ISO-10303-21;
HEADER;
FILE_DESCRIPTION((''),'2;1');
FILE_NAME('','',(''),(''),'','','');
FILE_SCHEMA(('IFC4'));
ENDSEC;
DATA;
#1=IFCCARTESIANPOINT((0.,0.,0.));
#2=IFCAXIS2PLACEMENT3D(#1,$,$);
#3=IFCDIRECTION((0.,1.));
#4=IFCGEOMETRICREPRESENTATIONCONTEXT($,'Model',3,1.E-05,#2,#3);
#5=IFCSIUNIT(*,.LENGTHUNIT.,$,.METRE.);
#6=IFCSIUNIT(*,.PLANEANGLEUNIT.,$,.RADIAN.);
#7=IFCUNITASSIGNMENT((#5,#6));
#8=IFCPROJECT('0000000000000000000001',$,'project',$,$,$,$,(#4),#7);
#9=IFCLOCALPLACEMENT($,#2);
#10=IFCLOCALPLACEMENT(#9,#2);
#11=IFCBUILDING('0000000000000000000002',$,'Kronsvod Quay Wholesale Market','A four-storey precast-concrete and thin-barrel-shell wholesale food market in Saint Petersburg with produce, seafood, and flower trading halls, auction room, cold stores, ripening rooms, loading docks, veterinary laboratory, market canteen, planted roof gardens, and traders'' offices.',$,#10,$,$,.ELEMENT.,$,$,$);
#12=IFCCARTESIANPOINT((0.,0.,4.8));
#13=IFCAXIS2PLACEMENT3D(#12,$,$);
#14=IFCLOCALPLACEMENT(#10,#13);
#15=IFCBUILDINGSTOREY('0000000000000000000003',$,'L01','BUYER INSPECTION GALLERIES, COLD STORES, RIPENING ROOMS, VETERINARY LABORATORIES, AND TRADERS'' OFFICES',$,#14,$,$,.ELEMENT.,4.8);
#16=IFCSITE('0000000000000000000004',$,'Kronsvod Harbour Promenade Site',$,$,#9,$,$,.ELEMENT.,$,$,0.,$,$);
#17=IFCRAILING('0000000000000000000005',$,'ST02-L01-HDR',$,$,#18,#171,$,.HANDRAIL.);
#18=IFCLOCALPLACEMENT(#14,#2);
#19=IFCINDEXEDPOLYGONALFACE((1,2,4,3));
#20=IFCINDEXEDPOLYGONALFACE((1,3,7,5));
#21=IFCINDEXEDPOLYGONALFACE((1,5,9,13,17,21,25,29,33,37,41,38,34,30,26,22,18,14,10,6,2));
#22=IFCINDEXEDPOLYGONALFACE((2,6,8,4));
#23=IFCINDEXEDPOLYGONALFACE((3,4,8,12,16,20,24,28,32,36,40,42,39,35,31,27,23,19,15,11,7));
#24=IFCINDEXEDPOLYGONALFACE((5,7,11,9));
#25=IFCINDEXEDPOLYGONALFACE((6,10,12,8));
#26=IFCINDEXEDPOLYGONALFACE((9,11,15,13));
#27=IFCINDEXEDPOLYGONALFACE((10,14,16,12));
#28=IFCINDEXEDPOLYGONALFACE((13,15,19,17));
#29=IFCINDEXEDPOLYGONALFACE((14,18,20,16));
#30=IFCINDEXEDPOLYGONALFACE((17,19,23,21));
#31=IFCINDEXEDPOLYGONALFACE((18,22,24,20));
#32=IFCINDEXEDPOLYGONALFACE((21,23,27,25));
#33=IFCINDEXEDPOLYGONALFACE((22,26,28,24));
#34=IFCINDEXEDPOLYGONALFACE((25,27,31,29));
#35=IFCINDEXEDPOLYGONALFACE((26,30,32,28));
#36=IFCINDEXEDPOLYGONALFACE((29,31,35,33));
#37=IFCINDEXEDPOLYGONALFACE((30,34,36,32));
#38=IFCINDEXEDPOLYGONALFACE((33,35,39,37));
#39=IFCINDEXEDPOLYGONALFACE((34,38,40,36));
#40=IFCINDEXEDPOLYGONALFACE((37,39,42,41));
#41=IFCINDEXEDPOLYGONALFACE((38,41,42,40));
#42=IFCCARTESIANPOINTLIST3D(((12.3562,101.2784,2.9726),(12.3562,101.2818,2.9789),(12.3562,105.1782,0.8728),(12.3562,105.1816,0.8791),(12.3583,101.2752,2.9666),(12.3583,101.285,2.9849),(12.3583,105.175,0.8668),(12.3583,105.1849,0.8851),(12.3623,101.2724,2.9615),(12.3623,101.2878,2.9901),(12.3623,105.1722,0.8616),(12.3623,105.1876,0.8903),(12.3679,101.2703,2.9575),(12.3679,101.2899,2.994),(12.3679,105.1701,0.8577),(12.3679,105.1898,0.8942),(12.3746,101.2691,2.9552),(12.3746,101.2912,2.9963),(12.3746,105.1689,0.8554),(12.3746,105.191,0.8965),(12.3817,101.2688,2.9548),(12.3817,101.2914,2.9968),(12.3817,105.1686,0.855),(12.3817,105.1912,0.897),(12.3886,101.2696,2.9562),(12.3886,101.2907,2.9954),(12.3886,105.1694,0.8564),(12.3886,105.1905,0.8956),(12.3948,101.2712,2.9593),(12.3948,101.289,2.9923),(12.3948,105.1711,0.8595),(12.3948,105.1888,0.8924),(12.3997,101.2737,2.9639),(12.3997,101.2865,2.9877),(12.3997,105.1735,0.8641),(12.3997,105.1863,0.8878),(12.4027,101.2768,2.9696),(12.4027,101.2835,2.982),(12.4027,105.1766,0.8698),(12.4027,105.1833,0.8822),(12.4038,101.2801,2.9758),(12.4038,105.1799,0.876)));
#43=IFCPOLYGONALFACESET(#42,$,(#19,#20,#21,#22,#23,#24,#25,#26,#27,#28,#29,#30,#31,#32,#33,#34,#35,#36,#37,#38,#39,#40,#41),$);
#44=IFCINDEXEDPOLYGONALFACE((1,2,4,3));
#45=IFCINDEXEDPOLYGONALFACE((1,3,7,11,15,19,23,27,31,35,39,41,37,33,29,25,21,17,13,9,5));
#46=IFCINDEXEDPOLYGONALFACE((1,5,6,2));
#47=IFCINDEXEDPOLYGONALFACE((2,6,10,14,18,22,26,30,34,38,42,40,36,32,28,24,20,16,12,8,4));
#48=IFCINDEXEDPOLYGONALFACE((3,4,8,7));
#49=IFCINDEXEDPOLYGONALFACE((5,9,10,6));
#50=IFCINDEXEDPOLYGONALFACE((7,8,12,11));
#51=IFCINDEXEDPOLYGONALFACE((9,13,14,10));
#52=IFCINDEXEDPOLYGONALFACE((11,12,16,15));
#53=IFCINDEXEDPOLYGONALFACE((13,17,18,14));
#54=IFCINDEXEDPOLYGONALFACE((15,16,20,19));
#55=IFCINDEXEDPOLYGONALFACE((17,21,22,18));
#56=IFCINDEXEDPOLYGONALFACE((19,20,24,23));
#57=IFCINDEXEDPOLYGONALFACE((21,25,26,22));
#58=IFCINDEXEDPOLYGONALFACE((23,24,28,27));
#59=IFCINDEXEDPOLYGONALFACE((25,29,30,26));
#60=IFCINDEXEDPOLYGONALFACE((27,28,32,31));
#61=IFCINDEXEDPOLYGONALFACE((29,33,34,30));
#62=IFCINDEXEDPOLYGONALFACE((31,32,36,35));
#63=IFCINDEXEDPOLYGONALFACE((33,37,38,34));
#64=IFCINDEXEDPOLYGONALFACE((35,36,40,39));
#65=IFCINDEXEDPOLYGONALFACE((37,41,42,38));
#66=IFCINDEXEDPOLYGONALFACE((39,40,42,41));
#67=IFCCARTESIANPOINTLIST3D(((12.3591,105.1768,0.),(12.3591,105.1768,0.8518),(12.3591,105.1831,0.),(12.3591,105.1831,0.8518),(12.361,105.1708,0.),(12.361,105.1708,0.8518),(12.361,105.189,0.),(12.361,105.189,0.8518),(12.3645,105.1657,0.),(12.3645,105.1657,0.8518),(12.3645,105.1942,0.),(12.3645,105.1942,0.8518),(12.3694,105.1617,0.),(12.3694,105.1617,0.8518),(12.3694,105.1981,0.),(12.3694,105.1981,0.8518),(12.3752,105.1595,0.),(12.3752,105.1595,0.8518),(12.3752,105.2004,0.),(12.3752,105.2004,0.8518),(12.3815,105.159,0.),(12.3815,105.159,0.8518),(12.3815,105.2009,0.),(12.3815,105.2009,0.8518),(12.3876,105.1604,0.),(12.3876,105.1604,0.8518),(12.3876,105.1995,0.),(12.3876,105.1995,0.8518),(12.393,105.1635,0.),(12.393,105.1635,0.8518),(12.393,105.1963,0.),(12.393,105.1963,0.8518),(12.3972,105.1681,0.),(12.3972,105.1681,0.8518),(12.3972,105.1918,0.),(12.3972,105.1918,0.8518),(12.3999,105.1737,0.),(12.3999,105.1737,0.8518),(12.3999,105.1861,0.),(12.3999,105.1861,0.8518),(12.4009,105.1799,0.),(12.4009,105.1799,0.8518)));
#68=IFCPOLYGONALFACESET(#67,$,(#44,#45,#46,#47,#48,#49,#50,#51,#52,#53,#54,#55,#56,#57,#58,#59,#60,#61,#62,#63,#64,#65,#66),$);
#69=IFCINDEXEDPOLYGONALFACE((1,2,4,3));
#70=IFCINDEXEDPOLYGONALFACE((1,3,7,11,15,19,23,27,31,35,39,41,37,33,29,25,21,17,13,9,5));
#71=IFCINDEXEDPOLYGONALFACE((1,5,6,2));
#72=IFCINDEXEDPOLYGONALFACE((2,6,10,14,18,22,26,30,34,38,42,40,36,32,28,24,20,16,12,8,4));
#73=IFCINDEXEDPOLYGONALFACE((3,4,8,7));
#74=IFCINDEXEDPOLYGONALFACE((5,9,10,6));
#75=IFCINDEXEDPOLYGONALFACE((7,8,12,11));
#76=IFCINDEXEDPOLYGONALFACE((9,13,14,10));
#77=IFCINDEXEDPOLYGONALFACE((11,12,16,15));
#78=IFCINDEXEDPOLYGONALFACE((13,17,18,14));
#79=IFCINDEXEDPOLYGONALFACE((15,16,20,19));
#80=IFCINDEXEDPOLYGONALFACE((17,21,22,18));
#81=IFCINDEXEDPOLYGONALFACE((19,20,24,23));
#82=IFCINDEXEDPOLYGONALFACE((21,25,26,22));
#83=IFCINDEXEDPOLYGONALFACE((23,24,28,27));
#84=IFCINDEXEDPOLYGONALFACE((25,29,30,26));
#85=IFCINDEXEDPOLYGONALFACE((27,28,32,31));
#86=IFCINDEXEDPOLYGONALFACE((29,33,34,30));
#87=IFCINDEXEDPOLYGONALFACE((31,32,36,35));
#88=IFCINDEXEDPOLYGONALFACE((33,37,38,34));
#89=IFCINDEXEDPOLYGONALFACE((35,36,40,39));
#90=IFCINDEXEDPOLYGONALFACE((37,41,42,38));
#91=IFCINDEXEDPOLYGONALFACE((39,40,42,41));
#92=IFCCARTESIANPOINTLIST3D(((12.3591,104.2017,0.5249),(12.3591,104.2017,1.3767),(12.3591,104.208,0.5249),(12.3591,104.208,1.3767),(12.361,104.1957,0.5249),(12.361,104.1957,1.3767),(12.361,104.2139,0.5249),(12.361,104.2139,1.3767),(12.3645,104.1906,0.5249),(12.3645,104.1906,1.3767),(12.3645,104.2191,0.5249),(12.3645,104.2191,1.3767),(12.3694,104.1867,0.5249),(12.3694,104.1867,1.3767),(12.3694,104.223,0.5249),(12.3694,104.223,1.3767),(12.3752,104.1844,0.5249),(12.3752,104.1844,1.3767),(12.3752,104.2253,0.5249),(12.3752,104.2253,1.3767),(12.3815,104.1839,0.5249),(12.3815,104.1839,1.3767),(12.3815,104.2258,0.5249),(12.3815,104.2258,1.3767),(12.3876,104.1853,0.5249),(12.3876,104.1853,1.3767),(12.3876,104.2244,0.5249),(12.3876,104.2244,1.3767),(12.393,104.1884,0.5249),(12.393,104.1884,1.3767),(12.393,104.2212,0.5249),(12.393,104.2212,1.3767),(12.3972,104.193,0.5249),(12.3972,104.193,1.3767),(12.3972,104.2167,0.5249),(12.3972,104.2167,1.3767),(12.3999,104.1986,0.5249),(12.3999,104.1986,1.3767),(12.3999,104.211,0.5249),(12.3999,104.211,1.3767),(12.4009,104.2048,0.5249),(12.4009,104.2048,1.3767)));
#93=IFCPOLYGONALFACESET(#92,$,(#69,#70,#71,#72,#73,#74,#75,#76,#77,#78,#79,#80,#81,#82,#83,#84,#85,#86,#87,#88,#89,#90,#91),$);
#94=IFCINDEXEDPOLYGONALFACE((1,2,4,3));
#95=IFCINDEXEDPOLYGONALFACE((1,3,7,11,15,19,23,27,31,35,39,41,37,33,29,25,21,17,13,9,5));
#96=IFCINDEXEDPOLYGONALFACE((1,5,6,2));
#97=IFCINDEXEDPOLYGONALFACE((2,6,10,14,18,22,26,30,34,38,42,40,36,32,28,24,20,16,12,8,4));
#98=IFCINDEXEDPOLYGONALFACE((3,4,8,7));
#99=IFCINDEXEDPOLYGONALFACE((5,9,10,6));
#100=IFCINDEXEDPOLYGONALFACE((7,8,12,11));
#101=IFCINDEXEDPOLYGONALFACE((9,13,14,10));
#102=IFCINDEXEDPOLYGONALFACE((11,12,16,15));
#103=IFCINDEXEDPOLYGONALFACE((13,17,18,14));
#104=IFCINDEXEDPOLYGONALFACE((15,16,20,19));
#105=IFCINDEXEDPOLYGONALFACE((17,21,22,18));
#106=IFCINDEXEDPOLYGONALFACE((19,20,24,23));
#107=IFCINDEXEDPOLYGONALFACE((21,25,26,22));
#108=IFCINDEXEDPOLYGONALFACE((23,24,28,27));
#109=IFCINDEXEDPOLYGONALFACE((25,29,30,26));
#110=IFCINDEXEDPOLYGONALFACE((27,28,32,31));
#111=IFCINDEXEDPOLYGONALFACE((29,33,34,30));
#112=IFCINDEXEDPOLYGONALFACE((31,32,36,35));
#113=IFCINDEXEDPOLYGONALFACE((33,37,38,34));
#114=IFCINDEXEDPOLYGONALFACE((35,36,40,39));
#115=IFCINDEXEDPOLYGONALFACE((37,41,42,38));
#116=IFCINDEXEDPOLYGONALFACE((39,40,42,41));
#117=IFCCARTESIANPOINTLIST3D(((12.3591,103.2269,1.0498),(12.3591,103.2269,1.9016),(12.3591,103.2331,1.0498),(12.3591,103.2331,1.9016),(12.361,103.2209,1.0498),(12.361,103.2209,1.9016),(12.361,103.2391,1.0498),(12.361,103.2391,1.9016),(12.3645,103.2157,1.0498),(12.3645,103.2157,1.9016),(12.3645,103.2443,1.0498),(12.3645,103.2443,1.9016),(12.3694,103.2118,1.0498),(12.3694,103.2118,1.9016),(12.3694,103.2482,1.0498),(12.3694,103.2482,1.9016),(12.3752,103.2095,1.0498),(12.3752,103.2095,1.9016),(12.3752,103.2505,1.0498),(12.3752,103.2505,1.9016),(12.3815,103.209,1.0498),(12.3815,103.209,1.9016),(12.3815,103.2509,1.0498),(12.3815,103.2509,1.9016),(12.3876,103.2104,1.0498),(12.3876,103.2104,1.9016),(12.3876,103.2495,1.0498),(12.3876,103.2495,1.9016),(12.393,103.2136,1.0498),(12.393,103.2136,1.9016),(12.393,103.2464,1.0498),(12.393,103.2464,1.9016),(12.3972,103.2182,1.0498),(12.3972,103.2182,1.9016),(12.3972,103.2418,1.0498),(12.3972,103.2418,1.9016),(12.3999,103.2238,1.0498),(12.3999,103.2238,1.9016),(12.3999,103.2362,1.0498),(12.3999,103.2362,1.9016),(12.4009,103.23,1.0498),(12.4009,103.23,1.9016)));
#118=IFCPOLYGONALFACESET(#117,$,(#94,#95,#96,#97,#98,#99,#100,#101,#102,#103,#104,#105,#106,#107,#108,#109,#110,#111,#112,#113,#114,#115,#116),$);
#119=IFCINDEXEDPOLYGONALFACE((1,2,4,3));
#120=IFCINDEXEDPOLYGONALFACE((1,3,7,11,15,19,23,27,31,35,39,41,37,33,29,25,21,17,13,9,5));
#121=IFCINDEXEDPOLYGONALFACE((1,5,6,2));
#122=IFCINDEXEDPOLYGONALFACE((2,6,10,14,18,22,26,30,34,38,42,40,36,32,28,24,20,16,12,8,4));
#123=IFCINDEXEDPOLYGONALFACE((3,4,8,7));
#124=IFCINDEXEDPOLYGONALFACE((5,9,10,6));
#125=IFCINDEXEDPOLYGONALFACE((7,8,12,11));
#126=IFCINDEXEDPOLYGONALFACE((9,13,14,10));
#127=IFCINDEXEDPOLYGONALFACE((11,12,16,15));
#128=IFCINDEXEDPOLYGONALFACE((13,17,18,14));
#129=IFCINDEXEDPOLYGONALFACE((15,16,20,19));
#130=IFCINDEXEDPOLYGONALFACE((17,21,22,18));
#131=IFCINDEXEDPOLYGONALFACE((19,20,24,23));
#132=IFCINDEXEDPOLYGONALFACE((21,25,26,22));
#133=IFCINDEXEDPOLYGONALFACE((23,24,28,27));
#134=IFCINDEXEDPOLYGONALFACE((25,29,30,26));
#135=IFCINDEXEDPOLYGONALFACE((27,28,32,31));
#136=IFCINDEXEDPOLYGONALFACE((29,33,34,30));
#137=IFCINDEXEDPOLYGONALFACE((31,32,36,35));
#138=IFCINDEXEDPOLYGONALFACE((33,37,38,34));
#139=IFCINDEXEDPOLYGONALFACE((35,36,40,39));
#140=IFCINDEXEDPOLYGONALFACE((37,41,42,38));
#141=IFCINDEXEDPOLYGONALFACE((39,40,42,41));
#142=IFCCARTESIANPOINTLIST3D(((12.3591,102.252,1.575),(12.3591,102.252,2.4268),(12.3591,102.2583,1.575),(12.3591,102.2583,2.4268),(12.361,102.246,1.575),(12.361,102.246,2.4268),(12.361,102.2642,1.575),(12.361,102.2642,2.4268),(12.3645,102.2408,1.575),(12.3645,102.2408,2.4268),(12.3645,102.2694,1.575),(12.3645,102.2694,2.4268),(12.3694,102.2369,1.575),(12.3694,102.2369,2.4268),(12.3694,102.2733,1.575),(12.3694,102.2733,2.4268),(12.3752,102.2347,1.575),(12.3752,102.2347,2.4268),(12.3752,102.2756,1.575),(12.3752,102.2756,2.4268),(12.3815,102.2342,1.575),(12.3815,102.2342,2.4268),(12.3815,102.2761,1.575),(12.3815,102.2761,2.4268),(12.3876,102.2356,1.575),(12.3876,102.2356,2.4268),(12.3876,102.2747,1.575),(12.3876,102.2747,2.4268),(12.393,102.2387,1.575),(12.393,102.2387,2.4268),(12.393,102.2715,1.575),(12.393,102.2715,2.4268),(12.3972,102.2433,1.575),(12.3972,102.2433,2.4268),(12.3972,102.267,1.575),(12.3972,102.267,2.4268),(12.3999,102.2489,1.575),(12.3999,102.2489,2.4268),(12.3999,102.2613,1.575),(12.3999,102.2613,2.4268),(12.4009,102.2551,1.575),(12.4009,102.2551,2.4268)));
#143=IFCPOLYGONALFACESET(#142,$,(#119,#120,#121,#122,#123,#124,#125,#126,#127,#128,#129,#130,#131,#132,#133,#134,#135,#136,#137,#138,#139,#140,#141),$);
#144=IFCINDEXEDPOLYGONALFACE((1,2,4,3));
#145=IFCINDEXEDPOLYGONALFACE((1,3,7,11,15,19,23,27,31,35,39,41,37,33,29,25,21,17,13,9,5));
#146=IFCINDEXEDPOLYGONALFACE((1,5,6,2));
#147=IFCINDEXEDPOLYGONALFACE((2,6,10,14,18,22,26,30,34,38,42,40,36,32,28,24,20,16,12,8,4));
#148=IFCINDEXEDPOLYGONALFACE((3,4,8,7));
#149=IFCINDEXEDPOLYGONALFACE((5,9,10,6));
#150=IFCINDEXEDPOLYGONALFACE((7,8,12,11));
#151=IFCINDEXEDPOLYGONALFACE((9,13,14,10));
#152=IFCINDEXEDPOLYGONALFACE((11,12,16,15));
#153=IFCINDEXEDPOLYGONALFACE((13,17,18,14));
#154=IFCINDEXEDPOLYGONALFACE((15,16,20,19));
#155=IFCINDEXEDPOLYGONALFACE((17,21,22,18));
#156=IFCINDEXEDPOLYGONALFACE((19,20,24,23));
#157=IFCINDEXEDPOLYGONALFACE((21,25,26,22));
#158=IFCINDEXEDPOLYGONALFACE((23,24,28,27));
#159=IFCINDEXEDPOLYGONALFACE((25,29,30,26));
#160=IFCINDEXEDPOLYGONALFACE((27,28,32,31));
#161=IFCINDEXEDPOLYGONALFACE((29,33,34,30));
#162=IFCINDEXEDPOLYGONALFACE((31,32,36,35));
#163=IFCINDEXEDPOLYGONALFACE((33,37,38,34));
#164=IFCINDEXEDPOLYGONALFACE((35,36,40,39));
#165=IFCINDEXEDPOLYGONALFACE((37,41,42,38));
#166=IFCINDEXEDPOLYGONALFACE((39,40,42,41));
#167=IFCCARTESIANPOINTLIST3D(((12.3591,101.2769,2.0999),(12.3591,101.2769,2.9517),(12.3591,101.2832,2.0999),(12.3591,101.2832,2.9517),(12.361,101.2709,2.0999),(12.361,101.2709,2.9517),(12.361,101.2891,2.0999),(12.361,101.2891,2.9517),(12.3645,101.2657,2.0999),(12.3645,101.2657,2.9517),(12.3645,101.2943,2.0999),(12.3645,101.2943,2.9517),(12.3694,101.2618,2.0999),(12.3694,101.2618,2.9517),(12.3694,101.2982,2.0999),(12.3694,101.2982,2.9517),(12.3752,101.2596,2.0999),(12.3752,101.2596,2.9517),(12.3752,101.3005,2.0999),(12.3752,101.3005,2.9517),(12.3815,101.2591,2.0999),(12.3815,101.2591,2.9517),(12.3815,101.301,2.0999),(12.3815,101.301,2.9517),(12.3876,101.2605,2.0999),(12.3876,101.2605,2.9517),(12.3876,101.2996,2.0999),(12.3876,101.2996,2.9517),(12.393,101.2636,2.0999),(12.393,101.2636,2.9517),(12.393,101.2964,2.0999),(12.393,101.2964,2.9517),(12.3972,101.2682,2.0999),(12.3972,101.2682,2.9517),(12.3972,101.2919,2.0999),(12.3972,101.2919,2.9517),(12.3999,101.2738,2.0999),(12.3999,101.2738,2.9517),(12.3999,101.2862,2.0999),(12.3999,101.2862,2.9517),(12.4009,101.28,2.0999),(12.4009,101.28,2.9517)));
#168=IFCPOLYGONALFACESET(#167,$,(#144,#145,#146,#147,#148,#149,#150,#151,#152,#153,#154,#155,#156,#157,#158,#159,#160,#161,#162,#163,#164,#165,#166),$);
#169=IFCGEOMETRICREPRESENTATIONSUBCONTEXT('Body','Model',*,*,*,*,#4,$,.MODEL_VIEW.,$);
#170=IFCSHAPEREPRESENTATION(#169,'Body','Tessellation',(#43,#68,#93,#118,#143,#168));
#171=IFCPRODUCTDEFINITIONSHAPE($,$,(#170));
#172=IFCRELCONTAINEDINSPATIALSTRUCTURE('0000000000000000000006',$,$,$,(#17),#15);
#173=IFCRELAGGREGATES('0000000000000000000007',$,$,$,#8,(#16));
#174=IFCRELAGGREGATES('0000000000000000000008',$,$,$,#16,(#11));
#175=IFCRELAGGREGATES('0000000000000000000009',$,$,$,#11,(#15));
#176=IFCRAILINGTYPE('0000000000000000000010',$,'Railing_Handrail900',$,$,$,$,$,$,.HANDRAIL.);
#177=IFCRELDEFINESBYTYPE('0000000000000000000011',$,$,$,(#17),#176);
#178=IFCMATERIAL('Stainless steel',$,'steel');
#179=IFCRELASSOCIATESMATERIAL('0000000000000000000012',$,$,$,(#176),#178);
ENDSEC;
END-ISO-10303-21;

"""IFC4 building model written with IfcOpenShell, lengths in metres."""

from ifc_helpers import new_model, si_unit, direction, frame, origin, origin_2d, place, context, subcontext, project, spatial, circle, extrude, material, type_object, element, save


model = new_model("IFC4")

# Units and contexts
model_context = context("Model", 3, precision=1e-05, world=origin(), true_north=direction((0.0, 1.0)))
body_context = subcontext(model_context, "Body", "Model", "MODEL_VIEW")
ifc_project = project(units=[si_unit("LENGTHUNIT", "METRE"), si_unit("PLANEANGLEUNIT", "RADIAN")], contexts=[model_context])

# Site, building, storey
site_placement = place(None, origin())
site = spatial("IfcSite", under=ifc_project, at=site_placement, Name="Kronsvod Harbour Promenade Site", CompositionType="ELEMENT", RefElevation=0.0)
building_placement = place(site_placement, origin())
building = spatial("IfcBuilding", under=site, at=building_placement, Name="Kronsvod Quay Wholesale Market", Description="A four-storey precast-concrete and thin-barrel-shell wholesale food market in Saint Petersburg with produce, seafood, and flower trading halls, auction room, cold stores, ripening rooms, loading docks, veterinary laboratory, market canteen, planted roof gardens, and traders' offices.", CompositionType="ELEMENT")
storey_placement = place(building_placement, frame((0.0, 0.0, 4.8)))
storey = spatial("IfcBuildingStorey", under=building, at=storey_placement, Name="L01", Description="BUYER INSPECTION GALLERIES, COLD STORES, RIPENING ROOMS, VETERINARY LABORATORIES, AND TRADERS' OFFICES", CompositionType="ELEMENT", Elevation=4.8)

# Railing
ifc_material_1 = material(Name="Stainless steel", Category="steel")
railing_type_1 = type_object("IfcRailingType", Name="Railing_Handrail900", PredefinedType="HANDRAIL", material=ifc_material_1)
railing_1_placement = place(storey_placement, frame((12.3799, 105.1799, 0.0)))
element("IfcRailing", 1, at=railing_1_placement, inside=storey, type_object=railing_type_1, Name="ST02-L01-HDR", PredefinedType="HANDRAIL", context=body_context, shape_type="SweptSolid", body=[
    extrude(circle(Radius=0.0239, at=origin_2d()), frame((0.0, 0.0, 0.876), z_axis=(0.0, -0.88048, 0.474083), x_axis=(1.0, 0.0, 0.0)), (0.0, 0.0, 1.0), 4.4292),
    extrude(circle(Radius=0.021, at=origin_2d()), origin(), (0.0, 0.0, 1.0), 0.8518),
    extrude(circle(Radius=0.021, at=origin_2d()), frame((0.0, -0.9751, 0.5249)), (0.0, 0.0, 1.0), 0.8518),
    extrude(circle(Radius=0.021, at=origin_2d()), frame((0.0, -1.95, 1.0498)), (0.0, 0.0, 1.0), 0.8518),
    extrude(circle(Radius=0.021, at=origin_2d()), frame((0.0, -2.9248, 1.575)), (0.0, 0.0, 1.0), 0.8518),
    extrude(circle(Radius=0.021, at=origin_2d()), frame((0.0, -3.8999, 2.0999)), (0.0, 0.0, 1.0), 0.8518),
])

save(model, "model.ifc")
